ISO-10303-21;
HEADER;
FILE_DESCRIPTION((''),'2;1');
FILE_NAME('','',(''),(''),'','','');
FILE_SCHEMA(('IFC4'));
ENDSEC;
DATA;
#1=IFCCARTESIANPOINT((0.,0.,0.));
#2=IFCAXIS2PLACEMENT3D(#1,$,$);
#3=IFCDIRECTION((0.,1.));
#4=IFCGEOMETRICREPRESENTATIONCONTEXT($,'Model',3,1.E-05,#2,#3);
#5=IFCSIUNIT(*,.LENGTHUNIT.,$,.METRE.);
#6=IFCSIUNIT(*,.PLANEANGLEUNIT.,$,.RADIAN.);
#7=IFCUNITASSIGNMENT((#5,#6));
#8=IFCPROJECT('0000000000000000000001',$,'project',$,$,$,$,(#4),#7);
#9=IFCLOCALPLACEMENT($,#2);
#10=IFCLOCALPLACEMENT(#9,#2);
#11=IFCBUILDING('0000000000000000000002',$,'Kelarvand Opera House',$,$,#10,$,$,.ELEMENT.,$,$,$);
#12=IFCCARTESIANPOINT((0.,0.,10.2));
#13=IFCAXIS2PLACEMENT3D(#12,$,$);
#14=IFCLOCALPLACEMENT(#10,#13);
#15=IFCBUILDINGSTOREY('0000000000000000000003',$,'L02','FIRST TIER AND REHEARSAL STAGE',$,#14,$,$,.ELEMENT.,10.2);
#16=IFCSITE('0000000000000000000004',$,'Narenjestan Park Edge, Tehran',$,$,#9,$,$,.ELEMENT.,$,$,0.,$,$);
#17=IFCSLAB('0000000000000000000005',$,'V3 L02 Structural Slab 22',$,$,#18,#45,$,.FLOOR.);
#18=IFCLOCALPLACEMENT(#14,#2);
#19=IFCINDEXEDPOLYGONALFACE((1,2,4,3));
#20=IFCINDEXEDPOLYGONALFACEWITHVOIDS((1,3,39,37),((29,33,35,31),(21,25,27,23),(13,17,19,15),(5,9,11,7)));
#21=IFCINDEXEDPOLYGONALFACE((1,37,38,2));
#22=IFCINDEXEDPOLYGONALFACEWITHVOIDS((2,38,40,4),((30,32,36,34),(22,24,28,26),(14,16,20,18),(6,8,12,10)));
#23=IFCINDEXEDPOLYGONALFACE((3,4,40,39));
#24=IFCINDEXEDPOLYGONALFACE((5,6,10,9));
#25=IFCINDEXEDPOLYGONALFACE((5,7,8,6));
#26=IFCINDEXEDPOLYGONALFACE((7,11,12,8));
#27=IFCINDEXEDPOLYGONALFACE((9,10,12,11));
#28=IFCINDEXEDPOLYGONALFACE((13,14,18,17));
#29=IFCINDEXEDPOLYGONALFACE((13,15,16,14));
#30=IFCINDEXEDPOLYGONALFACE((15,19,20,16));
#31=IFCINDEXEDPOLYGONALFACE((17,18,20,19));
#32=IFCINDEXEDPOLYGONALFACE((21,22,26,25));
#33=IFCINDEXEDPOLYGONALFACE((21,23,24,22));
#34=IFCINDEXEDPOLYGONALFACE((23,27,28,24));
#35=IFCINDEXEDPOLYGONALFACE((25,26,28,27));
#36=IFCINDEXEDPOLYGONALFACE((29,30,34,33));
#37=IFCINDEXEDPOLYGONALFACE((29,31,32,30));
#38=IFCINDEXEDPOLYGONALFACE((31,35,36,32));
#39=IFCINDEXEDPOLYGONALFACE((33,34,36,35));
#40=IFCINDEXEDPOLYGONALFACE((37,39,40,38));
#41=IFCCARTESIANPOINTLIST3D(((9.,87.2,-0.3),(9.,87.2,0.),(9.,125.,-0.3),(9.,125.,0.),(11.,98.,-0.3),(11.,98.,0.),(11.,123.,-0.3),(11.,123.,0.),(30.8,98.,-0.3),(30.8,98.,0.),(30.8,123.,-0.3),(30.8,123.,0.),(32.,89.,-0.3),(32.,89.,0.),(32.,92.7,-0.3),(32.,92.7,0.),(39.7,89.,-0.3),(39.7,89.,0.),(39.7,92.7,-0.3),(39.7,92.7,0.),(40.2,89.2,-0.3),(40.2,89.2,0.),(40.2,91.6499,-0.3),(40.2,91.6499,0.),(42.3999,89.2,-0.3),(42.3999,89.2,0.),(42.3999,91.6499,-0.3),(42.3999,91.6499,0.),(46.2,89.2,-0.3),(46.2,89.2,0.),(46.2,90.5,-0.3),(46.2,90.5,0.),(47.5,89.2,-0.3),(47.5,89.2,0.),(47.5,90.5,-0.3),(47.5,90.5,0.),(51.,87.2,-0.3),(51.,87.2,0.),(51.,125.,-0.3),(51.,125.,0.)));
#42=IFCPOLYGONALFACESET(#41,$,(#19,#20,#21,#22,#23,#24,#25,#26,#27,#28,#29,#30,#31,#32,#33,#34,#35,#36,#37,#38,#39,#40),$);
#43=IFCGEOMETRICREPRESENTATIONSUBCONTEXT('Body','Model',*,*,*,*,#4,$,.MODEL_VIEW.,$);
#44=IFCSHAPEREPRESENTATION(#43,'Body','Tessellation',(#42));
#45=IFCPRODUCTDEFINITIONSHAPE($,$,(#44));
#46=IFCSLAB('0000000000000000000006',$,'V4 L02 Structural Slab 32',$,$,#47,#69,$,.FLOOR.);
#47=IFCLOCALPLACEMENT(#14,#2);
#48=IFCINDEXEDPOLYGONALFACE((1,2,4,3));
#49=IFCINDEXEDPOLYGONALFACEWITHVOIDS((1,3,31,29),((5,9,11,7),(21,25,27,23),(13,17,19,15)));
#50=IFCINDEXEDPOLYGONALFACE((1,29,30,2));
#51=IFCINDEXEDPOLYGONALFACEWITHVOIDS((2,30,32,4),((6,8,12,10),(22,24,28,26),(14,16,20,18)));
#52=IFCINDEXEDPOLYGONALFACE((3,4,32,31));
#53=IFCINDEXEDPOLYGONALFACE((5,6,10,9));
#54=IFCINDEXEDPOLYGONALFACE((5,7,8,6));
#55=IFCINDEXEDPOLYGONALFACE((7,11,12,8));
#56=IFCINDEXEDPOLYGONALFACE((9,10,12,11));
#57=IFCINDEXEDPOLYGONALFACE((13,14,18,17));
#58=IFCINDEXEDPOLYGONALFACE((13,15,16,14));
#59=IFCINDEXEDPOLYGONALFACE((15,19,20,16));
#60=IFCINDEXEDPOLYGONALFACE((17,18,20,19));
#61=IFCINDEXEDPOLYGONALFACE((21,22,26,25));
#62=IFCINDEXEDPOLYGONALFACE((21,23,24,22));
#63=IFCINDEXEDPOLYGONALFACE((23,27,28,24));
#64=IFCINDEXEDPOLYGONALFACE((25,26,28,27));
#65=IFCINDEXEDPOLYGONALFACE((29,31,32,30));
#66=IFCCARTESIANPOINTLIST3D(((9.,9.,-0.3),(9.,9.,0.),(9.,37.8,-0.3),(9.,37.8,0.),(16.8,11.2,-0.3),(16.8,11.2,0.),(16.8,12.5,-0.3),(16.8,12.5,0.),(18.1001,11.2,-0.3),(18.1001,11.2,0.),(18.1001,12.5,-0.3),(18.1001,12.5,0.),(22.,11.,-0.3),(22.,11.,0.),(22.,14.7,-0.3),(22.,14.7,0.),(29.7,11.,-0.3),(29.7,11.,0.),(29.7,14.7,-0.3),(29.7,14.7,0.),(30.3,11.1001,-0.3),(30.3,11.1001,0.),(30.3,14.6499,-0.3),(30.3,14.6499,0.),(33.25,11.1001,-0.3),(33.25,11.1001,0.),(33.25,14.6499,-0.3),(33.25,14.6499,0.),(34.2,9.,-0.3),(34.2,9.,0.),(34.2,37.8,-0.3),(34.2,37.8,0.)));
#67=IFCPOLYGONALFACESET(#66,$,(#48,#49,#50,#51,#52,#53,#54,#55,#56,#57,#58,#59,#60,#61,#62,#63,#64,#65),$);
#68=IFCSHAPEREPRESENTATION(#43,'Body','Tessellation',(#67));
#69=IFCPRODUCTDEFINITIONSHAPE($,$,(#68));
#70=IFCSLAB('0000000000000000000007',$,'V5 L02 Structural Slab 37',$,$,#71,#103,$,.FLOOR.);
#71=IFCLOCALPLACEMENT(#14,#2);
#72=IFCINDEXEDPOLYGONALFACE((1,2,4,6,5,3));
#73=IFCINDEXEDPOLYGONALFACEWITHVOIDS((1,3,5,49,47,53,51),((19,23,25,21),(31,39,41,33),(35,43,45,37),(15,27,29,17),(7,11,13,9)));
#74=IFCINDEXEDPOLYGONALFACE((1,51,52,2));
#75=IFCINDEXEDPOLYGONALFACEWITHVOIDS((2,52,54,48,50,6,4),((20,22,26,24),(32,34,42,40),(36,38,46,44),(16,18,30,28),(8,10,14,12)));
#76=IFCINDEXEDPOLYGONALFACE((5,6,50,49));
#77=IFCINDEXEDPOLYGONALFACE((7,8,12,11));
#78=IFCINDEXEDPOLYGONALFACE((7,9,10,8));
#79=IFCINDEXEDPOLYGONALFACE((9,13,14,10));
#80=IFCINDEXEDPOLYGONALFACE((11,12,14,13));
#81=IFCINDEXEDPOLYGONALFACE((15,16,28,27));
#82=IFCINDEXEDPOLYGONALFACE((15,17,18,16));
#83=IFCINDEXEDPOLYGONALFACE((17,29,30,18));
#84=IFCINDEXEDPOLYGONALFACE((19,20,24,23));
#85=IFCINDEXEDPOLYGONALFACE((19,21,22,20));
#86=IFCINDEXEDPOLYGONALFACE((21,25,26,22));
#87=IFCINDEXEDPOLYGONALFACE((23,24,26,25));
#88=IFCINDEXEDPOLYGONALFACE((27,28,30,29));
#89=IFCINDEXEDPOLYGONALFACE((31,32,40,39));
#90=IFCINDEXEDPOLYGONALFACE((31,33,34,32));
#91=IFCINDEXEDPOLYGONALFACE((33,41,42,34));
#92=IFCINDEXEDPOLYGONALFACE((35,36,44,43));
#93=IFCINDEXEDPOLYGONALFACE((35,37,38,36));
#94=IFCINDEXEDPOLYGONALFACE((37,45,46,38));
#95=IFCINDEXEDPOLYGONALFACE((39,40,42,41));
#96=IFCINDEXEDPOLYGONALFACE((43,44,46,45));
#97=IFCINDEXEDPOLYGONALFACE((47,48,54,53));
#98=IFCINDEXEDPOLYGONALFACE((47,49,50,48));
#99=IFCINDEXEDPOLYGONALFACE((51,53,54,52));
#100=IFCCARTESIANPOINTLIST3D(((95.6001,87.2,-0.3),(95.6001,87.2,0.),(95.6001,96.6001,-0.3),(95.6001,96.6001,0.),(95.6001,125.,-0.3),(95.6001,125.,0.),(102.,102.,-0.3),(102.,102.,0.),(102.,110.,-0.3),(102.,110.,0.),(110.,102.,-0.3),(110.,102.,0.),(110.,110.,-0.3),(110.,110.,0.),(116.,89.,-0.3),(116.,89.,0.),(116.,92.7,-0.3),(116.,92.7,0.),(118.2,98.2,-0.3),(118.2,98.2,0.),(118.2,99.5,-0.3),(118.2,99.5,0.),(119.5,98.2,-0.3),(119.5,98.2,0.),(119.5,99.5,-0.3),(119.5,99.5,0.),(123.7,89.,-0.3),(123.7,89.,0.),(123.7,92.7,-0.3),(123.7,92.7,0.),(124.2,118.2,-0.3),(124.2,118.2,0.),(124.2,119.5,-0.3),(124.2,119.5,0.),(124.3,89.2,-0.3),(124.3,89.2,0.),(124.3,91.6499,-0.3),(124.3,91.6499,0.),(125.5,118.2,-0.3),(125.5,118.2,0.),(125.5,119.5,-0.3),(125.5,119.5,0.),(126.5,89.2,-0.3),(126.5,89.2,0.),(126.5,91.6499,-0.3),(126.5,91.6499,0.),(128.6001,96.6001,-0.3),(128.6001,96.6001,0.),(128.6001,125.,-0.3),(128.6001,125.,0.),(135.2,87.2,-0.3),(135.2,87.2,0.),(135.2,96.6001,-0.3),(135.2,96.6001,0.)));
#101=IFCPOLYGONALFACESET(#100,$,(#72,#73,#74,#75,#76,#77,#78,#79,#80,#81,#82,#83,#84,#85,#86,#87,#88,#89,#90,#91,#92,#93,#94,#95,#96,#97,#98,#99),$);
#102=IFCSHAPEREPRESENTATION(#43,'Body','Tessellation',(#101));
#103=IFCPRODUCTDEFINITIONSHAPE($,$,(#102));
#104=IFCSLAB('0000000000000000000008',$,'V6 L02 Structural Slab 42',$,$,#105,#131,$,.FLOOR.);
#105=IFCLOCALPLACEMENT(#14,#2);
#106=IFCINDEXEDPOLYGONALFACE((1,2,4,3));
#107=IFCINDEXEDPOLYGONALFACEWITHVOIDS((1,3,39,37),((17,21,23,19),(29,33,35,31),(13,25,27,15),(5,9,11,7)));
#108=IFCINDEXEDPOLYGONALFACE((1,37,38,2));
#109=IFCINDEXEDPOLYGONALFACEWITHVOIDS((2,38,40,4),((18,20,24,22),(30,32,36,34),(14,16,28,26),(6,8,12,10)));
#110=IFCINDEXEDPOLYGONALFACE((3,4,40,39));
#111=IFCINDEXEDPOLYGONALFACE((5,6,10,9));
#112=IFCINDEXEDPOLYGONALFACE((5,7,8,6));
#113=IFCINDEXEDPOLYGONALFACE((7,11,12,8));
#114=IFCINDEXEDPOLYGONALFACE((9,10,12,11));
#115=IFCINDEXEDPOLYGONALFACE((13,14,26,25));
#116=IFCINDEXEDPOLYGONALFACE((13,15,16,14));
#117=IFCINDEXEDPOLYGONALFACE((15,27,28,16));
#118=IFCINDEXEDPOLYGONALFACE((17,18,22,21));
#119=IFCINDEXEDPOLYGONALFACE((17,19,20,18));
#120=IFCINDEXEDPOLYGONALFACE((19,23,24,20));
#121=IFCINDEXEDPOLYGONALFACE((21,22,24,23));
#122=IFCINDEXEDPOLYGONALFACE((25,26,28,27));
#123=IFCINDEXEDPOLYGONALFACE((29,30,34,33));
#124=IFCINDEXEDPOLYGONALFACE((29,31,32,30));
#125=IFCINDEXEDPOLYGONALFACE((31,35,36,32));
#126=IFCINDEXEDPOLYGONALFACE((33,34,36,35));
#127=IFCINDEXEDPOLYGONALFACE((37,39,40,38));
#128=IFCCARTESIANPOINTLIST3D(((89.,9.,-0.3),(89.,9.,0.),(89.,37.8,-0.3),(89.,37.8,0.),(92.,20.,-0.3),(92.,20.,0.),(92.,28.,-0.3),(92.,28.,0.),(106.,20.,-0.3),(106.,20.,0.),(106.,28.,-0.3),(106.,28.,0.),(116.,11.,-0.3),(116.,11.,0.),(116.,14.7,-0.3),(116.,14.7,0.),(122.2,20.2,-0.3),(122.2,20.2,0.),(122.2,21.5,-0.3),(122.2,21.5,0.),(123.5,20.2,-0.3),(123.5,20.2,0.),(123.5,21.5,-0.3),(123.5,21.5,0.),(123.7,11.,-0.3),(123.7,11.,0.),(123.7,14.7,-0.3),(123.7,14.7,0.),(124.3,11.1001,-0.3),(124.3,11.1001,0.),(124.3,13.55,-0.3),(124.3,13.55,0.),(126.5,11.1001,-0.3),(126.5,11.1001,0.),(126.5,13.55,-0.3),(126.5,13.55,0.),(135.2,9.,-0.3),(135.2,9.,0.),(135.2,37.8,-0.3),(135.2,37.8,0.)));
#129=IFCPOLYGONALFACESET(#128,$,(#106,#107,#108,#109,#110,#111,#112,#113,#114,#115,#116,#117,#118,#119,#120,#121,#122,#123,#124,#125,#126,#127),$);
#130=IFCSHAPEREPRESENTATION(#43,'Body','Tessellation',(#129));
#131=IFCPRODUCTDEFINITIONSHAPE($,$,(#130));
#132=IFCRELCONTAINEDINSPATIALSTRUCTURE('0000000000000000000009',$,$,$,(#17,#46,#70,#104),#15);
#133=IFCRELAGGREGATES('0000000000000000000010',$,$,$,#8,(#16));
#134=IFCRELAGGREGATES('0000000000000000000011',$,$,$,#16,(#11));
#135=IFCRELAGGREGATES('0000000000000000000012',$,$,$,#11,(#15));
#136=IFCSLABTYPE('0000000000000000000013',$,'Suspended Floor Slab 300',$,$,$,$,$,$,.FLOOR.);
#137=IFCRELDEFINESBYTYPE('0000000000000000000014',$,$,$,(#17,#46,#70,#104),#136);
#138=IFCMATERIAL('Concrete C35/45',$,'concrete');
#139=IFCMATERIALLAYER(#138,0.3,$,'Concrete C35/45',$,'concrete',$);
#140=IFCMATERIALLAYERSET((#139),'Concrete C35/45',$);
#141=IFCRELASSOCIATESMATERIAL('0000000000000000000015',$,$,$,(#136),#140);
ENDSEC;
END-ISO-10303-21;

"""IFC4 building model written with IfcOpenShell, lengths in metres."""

from ifc_helpers import new_model, si_unit, direction, frame, origin, place, context, subcontext, project, spatial, polyline, outline, extrude, material, layer, layer_set, type_object, element, save


model = new_model("IFC4")

# Units and contexts
model_context = context("Model", 3, precision=1e-05, world=origin(), true_north=direction((0.0, 1.0)))
body_context = subcontext(model_context, "Body", "Model", "MODEL_VIEW")
ifc_project = project(units=[si_unit("LENGTHUNIT", "METRE"), si_unit("PLANEANGLEUNIT", "RADIAN")], contexts=[model_context])

# Site, building, storey
site_placement = place(None, origin())
site = spatial("IfcSite", under=ifc_project, at=site_placement, Name="Narenjestan Park Edge, Tehran", CompositionType="ELEMENT", RefElevation=0.0)
building_placement = place(site_placement, origin())
building = spatial("IfcBuilding", under=site, at=building_placement, Name="Kelarvand Opera House", CompositionType="ELEMENT")
storey_placement = place(building_placement, frame((0.0, 0.0, 10.2)))
storey = spatial("IfcBuildingStorey", under=building, at=storey_placement, Name="L02", Description="FIRST TIER AND REHEARSAL STAGE", CompositionType="ELEMENT", Elevation=10.2)

# Shared definitions
ifc_material_1 = material(Name="Concrete C35/45", Category="concrete")

# Slabs
ifc_layer_1 = layer(ifc_material_1, 0.3, Name="Concrete C35/45", Category="concrete")
ifc_layer_set_1 = layer_set([ifc_layer_1], Name="Concrete C35/45")
slab_type_1 = type_object("IfcSlabType", Name="Suspended Floor Slab 300", PredefinedType="FLOOR", material=ifc_layer_set_1)
slab_1_placement = place(storey_placement, frame((0.0, 0.0, -0.3)))
element("IfcSlab", 1, at=slab_1_placement, inside=storey, type_object=slab_type_1, Name="V3 L02 Structural Slab 22", PredefinedType="FLOOR", context=body_context, shape_type="SweptSolid", body=[
    extrude(outline(polyline([(51.0, 87.2), (51.0, 125.0), (9.0, 125.0), (9.0, 87.2), (51.0, 87.2)]), holes=[polyline([(46.2, 90.5), (47.5, 90.5), (47.5, 89.2), (46.2, 89.2), (46.2, 90.5)]), polyline([(40.2, 91.6499), (42.3999, 91.6499), (42.3999, 89.2), (40.2, 89.2), (40.2, 91.6499)]), polyline([(32.0, 92.7), (39.7, 92.7), (39.7, 89.0), (32.0, 89.0), (32.0, 92.7)]), polyline([(11.0, 123.0), (30.8, 123.0), (30.8, 98.0), (11.0, 98.0), (11.0, 123.0)])]), origin(), (0.0, 0.0, 1.0), 0.3),
])
slab_2_placement = place(storey_placement, frame((0.0, 0.0, -0.3)))
element("IfcSlab", 2, at=slab_2_placement, inside=storey, type_object=slab_type_1, Name="V4 L02 Structural Slab 32", PredefinedType="FLOOR", context=body_context, shape_type="SweptSolid", body=[
    extrude(outline(polyline([(34.2, 9.0), (34.2, 37.8), (9.0, 37.8), (9.0, 9.0), (34.2, 9.0)]), holes=[polyline([(16.8, 11.2), (16.8, 12.5), (18.1001, 12.5), (18.1001, 11.2), (16.8, 11.2)]), polyline([(22.0, 14.7), (29.7, 14.7), (29.7, 11.0), (22.0, 11.0), (22.0, 14.7)]), polyline([(30.3, 14.6499), (33.25, 14.6499), (33.25, 11.1001), (30.3, 11.1001), (30.3, 14.6499)])]), origin(), (0.0, 0.0, 1.0), 0.3),
])
slab_3_placement = place(storey_placement, frame((0.0, 0.0, -0.3)))
element("IfcSlab", 3, at=slab_3_placement, inside=storey, type_object=slab_type_1, Name="V5 L02 Structural Slab 37", PredefinedType="FLOOR", context=body_context, shape_type="SweptSolid", body=[
    extrude(outline(polyline([(135.2, 96.6001), (135.2, 87.2), (95.6001, 87.2), (95.6001, 96.6001), (95.6001, 125.0), (128.6001, 125.0), (128.6001, 96.6001), (135.2, 96.6001)]), holes=[polyline([(124.3, 91.6499), (126.5, 91.6499), (126.5, 89.2), (124.3, 89.2), (124.3, 91.6499)]), polyline([(116.0, 92.7), (123.7, 92.7), (123.7, 89.0), (116.0, 89.0), (116.0, 92.7)]), polyline([(118.2, 99.5), (119.5, 99.5), (119.5, 98.2), (118.2, 98.2), (118.2, 99.5)]), polyline([(110.0, 110.0), (110.0, 102.0), (102.0, 102.0), (102.0, 110.0), (110.0, 110.0)]), polyline([(125.5, 119.5), (125.5, 118.2), (124.2, 118.2), (124.2, 119.5), (125.5, 119.5)])]), origin(), (0.0, 0.0, 1.0), 0.3),
])
slab_4_placement = place(storey_placement, frame((0.0, 0.0, -0.3)))
element("IfcSlab", 4, at=slab_4_placement, inside=storey, type_object=slab_type_1, Name="V6 L02 Structural Slab 42", PredefinedType="FLOOR", context=body_context, shape_type="SweptSolid", body=[
    extrude(outline(polyline([(135.2, 9.0), (135.2, 37.8), (89.0, 37.8), (89.0, 9.0), (135.2, 9.0)]), holes=[polyline([(124.3, 13.55), (126.5, 13.55), (126.5, 11.1001), (124.3, 11.1001), (124.3, 13.55)]), polyline([(116.0, 14.7), (123.7, 14.7), (123.7, 11.0), (116.0, 11.0), (116.0, 14.7)]), polyline([(122.2, 21.5), (123.5, 21.5), (123.5, 20.2), (122.2, 20.2), (122.2, 21.5)]), polyline([(92.0, 28.0), (106.0, 28.0), (106.0, 20.0), (92.0, 20.0), (92.0, 28.0)])]), origin(), (0.0, 0.0, 1.0), 0.3),
])

save(model, "model.ifc")
